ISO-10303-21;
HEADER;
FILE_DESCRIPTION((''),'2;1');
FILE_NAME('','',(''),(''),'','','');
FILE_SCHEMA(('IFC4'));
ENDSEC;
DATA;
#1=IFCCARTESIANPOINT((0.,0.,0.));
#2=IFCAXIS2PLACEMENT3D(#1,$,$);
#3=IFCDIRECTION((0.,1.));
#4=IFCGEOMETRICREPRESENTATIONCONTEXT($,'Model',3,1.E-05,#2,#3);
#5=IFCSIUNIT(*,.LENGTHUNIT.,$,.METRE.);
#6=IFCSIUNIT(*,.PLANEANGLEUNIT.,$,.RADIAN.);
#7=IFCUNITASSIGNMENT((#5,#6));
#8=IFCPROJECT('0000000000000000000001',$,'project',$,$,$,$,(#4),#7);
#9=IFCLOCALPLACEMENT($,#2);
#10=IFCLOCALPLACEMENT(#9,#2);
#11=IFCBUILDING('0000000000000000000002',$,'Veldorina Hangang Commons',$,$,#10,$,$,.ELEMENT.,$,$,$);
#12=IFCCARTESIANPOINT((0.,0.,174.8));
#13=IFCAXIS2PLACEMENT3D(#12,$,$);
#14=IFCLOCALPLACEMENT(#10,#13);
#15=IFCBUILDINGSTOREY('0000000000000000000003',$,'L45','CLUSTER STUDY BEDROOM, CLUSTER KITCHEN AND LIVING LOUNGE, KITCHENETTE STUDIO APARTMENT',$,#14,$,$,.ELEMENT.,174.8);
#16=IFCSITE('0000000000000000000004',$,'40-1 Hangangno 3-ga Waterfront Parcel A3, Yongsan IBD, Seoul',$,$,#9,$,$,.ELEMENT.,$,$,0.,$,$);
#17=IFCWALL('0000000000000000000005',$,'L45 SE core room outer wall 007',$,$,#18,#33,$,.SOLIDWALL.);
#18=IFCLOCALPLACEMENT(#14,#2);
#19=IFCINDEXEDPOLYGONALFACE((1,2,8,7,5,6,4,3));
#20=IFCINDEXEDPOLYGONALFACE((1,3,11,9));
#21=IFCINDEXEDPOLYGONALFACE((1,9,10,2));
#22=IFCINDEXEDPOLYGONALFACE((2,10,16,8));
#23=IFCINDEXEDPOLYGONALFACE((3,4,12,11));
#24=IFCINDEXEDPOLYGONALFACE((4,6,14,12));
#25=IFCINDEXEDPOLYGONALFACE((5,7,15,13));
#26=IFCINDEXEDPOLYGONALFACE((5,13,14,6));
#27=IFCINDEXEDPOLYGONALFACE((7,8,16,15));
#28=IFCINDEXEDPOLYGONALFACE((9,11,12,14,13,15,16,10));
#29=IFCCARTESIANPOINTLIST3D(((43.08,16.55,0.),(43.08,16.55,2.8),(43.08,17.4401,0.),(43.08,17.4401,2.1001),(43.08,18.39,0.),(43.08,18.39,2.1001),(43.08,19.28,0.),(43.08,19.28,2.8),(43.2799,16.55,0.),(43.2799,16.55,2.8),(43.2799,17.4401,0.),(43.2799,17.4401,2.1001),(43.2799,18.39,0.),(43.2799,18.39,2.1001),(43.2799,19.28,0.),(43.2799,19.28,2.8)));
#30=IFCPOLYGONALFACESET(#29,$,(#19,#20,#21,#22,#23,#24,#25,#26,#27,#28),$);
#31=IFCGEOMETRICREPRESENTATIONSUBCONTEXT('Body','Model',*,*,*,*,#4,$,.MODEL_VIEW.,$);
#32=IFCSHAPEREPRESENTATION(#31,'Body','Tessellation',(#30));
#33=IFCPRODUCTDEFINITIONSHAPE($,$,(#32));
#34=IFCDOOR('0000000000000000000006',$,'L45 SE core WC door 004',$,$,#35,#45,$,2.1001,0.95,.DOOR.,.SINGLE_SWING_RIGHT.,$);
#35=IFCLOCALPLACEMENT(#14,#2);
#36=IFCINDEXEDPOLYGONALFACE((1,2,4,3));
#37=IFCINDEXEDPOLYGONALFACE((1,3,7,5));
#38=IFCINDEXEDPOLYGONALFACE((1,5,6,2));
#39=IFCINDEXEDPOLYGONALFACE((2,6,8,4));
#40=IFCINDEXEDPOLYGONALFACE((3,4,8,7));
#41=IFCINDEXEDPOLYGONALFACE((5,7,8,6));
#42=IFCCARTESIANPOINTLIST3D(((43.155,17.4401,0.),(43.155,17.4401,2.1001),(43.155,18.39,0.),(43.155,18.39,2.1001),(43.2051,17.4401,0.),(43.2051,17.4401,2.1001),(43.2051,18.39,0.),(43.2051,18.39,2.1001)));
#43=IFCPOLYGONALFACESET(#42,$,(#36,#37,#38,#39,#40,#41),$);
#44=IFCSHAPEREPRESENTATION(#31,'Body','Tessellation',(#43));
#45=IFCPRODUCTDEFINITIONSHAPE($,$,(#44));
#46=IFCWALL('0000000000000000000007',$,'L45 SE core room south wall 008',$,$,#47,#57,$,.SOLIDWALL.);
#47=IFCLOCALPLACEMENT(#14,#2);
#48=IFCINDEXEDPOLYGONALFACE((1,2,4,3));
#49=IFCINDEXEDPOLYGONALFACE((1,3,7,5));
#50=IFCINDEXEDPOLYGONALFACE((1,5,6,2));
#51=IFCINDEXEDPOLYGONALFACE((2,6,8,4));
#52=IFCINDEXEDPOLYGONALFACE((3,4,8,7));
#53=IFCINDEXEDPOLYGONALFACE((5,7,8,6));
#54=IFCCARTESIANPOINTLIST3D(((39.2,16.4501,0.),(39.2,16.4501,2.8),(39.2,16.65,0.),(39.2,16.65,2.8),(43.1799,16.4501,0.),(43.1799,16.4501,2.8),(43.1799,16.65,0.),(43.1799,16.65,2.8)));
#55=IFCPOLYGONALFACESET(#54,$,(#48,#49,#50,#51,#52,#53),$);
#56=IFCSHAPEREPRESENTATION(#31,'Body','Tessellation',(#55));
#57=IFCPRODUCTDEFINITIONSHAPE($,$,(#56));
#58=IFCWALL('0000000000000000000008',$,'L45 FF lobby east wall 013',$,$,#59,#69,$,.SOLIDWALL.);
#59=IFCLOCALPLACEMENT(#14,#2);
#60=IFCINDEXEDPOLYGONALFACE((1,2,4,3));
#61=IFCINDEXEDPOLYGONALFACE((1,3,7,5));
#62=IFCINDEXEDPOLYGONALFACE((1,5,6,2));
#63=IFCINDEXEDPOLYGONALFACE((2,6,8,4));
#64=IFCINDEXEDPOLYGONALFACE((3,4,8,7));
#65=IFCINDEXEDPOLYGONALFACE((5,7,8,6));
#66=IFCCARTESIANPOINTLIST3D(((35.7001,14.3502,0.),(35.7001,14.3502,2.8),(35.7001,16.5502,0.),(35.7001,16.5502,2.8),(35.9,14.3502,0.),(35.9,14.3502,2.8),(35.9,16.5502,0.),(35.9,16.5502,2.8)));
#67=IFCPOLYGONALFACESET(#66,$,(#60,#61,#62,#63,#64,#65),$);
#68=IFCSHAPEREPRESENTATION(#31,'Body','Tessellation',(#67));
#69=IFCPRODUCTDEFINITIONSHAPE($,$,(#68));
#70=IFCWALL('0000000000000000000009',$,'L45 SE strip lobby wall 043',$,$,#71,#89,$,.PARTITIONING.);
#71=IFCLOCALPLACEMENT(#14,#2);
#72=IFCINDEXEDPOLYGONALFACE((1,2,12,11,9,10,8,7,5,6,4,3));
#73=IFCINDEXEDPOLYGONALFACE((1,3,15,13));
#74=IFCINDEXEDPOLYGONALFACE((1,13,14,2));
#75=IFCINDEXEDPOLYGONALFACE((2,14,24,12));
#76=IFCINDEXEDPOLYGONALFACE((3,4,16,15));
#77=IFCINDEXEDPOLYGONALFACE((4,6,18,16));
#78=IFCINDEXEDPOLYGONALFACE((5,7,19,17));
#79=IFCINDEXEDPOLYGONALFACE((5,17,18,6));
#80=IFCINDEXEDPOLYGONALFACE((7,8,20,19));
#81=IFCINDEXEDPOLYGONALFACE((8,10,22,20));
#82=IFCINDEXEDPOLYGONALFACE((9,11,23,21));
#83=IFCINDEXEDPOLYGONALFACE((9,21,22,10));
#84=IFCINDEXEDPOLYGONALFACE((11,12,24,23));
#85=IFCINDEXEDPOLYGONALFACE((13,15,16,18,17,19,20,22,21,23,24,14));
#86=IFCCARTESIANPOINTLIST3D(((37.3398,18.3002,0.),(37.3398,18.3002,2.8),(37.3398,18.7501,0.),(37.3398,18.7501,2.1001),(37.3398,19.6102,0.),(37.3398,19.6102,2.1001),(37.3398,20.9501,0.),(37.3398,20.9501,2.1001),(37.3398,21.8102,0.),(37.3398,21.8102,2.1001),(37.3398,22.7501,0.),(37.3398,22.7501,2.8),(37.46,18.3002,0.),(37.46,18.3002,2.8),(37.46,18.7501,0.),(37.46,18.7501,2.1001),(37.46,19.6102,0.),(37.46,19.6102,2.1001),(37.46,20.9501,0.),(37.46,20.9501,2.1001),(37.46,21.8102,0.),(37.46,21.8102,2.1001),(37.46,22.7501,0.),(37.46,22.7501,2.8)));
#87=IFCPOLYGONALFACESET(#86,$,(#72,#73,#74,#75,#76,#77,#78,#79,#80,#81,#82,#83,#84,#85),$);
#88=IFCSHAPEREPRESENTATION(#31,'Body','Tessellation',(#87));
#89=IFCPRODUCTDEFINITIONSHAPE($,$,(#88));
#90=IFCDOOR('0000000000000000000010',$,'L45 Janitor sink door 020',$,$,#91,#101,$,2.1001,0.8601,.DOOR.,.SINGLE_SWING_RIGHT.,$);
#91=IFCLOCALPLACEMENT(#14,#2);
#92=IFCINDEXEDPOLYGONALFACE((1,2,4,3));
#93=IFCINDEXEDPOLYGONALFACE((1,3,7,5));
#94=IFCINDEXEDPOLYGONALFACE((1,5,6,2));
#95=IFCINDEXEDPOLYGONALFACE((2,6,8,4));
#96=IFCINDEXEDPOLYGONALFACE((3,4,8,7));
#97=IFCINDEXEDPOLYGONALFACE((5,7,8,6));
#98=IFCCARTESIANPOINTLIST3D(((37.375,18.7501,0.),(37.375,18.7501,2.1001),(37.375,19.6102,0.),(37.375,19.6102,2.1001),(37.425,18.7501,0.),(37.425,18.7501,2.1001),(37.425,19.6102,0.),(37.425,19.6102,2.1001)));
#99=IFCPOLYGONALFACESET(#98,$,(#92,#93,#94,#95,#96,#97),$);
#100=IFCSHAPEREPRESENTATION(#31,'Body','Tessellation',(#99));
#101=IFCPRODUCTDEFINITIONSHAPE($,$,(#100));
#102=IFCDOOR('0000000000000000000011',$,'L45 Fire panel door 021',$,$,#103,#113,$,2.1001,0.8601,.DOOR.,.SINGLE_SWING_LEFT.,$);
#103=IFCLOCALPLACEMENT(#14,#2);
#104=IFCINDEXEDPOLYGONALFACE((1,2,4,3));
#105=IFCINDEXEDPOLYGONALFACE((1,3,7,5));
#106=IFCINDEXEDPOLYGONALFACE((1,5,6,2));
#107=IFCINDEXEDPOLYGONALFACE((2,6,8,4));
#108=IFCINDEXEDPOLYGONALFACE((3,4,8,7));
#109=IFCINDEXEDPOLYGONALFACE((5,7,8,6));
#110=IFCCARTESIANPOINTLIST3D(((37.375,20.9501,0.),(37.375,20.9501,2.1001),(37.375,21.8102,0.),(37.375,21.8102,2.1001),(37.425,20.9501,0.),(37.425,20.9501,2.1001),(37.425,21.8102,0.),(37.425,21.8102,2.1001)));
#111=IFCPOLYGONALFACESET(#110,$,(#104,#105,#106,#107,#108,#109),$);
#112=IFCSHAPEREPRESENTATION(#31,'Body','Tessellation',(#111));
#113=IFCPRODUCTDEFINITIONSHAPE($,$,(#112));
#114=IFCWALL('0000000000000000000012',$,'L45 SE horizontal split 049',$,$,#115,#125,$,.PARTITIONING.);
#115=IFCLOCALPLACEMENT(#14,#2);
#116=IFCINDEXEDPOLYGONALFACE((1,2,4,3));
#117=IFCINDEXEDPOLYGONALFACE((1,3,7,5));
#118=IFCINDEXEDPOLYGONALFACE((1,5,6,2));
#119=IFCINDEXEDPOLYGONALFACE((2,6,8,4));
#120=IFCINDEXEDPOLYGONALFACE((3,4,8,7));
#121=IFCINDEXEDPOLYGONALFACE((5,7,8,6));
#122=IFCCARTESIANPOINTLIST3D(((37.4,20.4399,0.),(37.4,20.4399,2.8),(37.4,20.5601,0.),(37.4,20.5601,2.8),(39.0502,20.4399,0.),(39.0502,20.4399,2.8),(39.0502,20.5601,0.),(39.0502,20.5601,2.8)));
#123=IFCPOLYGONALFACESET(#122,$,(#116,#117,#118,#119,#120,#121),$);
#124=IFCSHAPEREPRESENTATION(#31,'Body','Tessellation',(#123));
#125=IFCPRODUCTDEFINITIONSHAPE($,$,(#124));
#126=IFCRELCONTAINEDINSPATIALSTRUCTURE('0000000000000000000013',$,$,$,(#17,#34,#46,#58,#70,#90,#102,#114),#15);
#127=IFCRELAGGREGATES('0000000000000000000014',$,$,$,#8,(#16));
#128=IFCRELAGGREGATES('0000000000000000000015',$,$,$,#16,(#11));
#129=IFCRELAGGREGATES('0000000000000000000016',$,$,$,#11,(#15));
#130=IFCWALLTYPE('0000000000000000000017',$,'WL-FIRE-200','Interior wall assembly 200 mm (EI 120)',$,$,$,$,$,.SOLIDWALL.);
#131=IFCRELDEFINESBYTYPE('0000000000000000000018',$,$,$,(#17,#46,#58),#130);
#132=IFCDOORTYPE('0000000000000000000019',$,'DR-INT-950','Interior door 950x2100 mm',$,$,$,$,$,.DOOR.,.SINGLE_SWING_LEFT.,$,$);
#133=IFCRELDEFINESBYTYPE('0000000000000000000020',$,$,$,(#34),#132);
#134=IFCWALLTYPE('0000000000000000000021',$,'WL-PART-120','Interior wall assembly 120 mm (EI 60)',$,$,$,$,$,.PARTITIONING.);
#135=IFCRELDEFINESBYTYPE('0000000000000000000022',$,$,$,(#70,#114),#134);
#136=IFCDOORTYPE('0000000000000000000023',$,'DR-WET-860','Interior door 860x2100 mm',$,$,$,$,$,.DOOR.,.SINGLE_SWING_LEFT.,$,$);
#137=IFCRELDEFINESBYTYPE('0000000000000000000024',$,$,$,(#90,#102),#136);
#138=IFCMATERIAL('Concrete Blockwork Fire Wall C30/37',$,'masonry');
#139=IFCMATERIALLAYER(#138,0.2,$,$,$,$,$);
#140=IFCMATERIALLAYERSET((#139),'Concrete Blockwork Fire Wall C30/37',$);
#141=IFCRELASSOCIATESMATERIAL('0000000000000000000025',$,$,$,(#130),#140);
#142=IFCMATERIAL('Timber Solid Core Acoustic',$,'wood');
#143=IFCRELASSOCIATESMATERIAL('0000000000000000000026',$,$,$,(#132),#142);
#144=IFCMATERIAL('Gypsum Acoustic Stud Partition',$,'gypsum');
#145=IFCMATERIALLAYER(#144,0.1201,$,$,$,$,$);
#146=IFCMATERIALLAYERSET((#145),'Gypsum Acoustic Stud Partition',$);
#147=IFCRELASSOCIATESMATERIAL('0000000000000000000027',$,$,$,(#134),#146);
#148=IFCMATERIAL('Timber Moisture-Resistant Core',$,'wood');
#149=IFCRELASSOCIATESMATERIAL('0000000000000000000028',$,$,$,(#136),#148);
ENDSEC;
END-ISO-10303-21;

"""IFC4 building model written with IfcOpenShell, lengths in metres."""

from ifc_helpers import new_model, si_unit, direction, frame, frame_2d, origin, place, context, subcontext, project, spatial, rectangle, extrude, material, layer, layer_set, type_object, element, fill, save


model = new_model("IFC4")

# Units and contexts
model_context = context("Model", 3, precision=1e-05, world=origin(), true_north=direction((0.0, 1.0)))
body_context = subcontext(model_context, "Body", "Model", "MODEL_VIEW")
ifc_project = project(units=[si_unit("LENGTHUNIT", "METRE"), si_unit("PLANEANGLEUNIT", "RADIAN")], contexts=[model_context])

# Site, building, storey
site_placement = place(None, origin())
site = spatial("IfcSite", under=ifc_project, at=site_placement, Name="40-1 Hangangno 3-ga Waterfront Parcel A3, Yongsan IBD, Seoul", CompositionType="ELEMENT", RefElevation=0.0)
building_placement = place(site_placement, origin())
building = spatial("IfcBuilding", under=site, at=building_placement, Name="Veldorina Hangang Commons", CompositionType="ELEMENT")
storey_placement = place(building_placement, frame((0.0, 0.0, 174.8)))
storey = spatial("IfcBuildingStorey", under=building, at=storey_placement, Name="L45", Description="CLUSTER STUDY BEDROOM, CLUSTER KITCHEN AND LIVING LOUNGE, KITCHENETTE STUDIO APARTMENT", CompositionType="ELEMENT", Elevation=174.8)

# Shared definitions
ifc_material_1 = material(Name="Timber Solid Core Acoustic", Category="wood")

# Wall, opening, door
ifc_material_2 = material(Name="Concrete Blockwork Fire Wall C30/37", Category="masonry")
ifc_layer_1 = layer(ifc_material_2, 0.2)
ifc_layer_set_1 = layer_set([ifc_layer_1], Name="Concrete Blockwork Fire Wall C30/37")
wall_type_1 = type_object("IfcWallType", Name="WL-FIRE-200", Description="Interior wall assembly 200 mm (EI 120)", PredefinedType="SOLIDWALL", material=ifc_layer_set_1)
wall_1_placement = place(storey_placement, frame((43.1799, 16.55, 0.0), z_axis=(0.0, 0.0, 1.0), x_axis=(0.0, 1.0, 0.0)))
wall_1 = element("IfcWall", 1, at=wall_1_placement, inside=storey, type_object=wall_type_1, Name="L45 SE core room outer wall 007", PredefinedType="SOLIDWALL", context=body_context, shape_type="SweptSolid", body=[
    extrude(rectangle(XDim=2.73, YDim=0.2, at=frame_2d((1.365, 0.0))), origin(), (0.0, 0.0, 1.0), 2.8),
])
opening_1_placement = place(wall_1_placement, frame((0.8899, 0.0, 0.0)))
opening_1 = element("IfcOpeningElement", 2, at=opening_1_placement, cuts=wall_1, PredefinedType="OPENING", context=body_context, shape_type="SweptSolid", body=[
    extrude(rectangle(XDim=0.95, YDim=2.1001, at=frame_2d((0.4751, 1.05))), frame((0.0, 0.1099, 0.0), z_axis=(0.0, -1.0, 0.0), x_axis=(1.0, 0.0, 0.0)), (0.0, 0.0, 1.0), 0.22),
])
door_type_1 = type_object("IfcDoorType", Name="DR-INT-950", Description="Interior door 950x2100 mm", OperationType="SINGLE_SWING_LEFT", PredefinedType="DOOR", material=ifc_material_1)
door_1_placement = place(opening_1_placement, origin())
door_1 = element("IfcDoor", 3, at=door_1_placement, inside=storey, type_object=door_type_1, Name="L45 SE core WC door 004", OperationType="SINGLE_SWING_RIGHT", OverallHeight=2.1001, OverallWidth=0.95, PredefinedType="DOOR", context=body_context, shape_type="SweptSolid", body=[
    extrude(rectangle(XDim=0.95, YDim=2.1001, at=frame_2d((0.4751, 1.05))), frame((0.0, 0.0249, 0.0), z_axis=(0.0, -1.0, 0.0), x_axis=(1.0, 0.0, 0.0)), (0.0, 0.0, 1.0), 0.05),
])
fill(opening_1, door_1)

# Walls
wall_2_placement = place(storey_placement, frame((39.2, 16.55, 0.0), z_axis=(0.0, 0.0, 1.0), x_axis=(1.0, 0.0, 0.0)))
element("IfcWall", 4, at=wall_2_placement, inside=storey, type_object=wall_type_1, Name="L45 SE core room south wall 008", PredefinedType="SOLIDWALL", context=body_context, shape_type="SweptSolid", body=[
    extrude(rectangle(XDim=3.98, YDim=0.2, at=frame_2d((1.99, 0.0))), origin(), (0.0, 0.0, 1.0), 2.8),
])
wall_3_placement = place(storey_placement, frame((35.8, 14.3501, 0.0), z_axis=(0.0, 0.0, 1.0), x_axis=(0.0, 1.0, 0.0)))
element("IfcWall", 5, at=wall_3_placement, inside=storey, type_object=wall_type_1, Name="L45 FF lobby east wall 013", PredefinedType="SOLIDWALL", context=body_context, shape_type="SweptSolid", body=[
    extrude(rectangle(XDim=2.2, YDim=0.2, at=frame_2d((1.1001, 0.0))), origin(), (0.0, 0.0, 1.0), 2.8),
])

# Wall, openings, doors
ifc_material_3 = material(Name="Gypsum Acoustic Stud Partition", Category="gypsum")
ifc_layer_2 = layer(ifc_material_3, 0.1201)
ifc_layer_set_2 = layer_set([ifc_layer_2], Name="Gypsum Acoustic Stud Partition")
wall_type_2 = type_object("IfcWallType", Name="WL-PART-120", Description="Interior wall assembly 120 mm (EI 60)", PredefinedType="PARTITIONING", material=ifc_layer_set_2)
wall_4_placement = place(storey_placement, frame((37.3999, 18.3, 0.0), z_axis=(0.0, 0.0, 1.0), x_axis=(0.0, 1.0, 0.0)))
wall_4 = element("IfcWall", 6, at=wall_4_placement, inside=storey, type_object=wall_type_2, Name="L45 SE strip lobby wall 043", PredefinedType="PARTITIONING", context=body_context, shape_type="SweptSolid", body=[
    extrude(rectangle(XDim=4.45, YDim=0.1201, at=frame_2d((2.2251, 0.0))), origin(), (0.0, 0.0, 1.0), 2.8),
])
opening_2_placement = place(wall_4_placement, frame((0.45, 0.0, 0.0)))
opening_2 = element("IfcOpeningElement", 7, at=opening_2_placement, cuts=wall_4, PredefinedType="OPENING", context=body_context, shape_type="SweptSolid", body=[
    extrude(rectangle(XDim=0.8601, YDim=2.1001, at=frame_2d((0.4302, 1.05))), frame((0.0, 0.0701, 0.0), z_axis=(0.0, -1.0, 0.0), x_axis=(1.0, 0.0, 0.0)), (0.0, 0.0, 1.0), 0.1401),
])
opening_3_placement = place(wall_4_placement, frame((2.6499, 0.0, 0.0)))
opening_3 = element("IfcOpeningElement", 8, at=opening_3_placement, cuts=wall_4, PredefinedType="OPENING", context=body_context, shape_type="SweptSolid", body=[
    extrude(rectangle(XDim=0.8601, YDim=2.1001, at=frame_2d((0.4302, 1.05))), frame((0.0, 0.0701, 0.0), z_axis=(0.0, -1.0, 0.0), x_axis=(1.0, 0.0, 0.0)), (0.0, 0.0, 1.0), 0.1401),
])
ifc_material_4 = material(Name="Timber Moisture-Resistant Core", Category="wood")
door_type_2 = type_object("IfcDoorType", Name="DR-WET-860", Description="Interior door 860x2100 mm", OperationType="SINGLE_SWING_LEFT", PredefinedType="DOOR", material=ifc_material_4)
door_2_placement = place(opening_2_placement, origin())
door_2 = element("IfcDoor", 9, at=door_2_placement, inside=storey, type_object=door_type_2, Name="L45 Janitor sink door 020", OperationType="SINGLE_SWING_RIGHT", OverallHeight=2.1001, OverallWidth=0.8601, PredefinedType="DOOR", context=body_context, shape_type="SweptSolid", body=[
    extrude(rectangle(XDim=0.8601, YDim=2.1001, at=frame_2d((0.4302, 1.05))), frame((0.0, 0.0249, 0.0), z_axis=(0.0, -1.0, 0.0), x_axis=(1.0, 0.0, 0.0)), (0.0, 0.0, 1.0), 0.05),
])
fill(opening_2, door_2)
door_3_placement = place(opening_3_placement, origin())
door_3 = element("IfcDoor", 10, at=door_3_placement, inside=storey, type_object=door_type_2, Name="L45 Fire panel door 021", OperationType="SINGLE_SWING_LEFT", OverallHeight=2.1001, OverallWidth=0.8601, PredefinedType="DOOR", context=body_context, shape_type="SweptSolid", body=[
    extrude(rectangle(XDim=0.8601, YDim=2.1001, at=frame_2d((0.4302, 1.05))), frame((0.0, 0.0249, 0.0), z_axis=(0.0, -1.0, 0.0), x_axis=(1.0, 0.0, 0.0)), (0.0, 0.0, 1.0), 0.05),
])
fill(opening_3, door_3)

# Wall
wall_5_placement = place(storey_placement, frame((37.3999, 20.5, 0.0), z_axis=(0.0, 0.0, 1.0), x_axis=(1.0, 0.0, 0.0)))
element("IfcWall", 11, at=wall_5_placement, inside=storey, type_object=wall_type_2, Name="L45 SE horizontal split 049", PredefinedType="PARTITIONING", context=body_context, shape_type="SweptSolid", body=[
    extrude(rectangle(XDim=1.6501, YDim=0.1201, at=frame_2d((0.8252, 0.0))), origin(), (0.0, 0.0, 1.0), 2.8),
])

save(model, "model.ifc")
